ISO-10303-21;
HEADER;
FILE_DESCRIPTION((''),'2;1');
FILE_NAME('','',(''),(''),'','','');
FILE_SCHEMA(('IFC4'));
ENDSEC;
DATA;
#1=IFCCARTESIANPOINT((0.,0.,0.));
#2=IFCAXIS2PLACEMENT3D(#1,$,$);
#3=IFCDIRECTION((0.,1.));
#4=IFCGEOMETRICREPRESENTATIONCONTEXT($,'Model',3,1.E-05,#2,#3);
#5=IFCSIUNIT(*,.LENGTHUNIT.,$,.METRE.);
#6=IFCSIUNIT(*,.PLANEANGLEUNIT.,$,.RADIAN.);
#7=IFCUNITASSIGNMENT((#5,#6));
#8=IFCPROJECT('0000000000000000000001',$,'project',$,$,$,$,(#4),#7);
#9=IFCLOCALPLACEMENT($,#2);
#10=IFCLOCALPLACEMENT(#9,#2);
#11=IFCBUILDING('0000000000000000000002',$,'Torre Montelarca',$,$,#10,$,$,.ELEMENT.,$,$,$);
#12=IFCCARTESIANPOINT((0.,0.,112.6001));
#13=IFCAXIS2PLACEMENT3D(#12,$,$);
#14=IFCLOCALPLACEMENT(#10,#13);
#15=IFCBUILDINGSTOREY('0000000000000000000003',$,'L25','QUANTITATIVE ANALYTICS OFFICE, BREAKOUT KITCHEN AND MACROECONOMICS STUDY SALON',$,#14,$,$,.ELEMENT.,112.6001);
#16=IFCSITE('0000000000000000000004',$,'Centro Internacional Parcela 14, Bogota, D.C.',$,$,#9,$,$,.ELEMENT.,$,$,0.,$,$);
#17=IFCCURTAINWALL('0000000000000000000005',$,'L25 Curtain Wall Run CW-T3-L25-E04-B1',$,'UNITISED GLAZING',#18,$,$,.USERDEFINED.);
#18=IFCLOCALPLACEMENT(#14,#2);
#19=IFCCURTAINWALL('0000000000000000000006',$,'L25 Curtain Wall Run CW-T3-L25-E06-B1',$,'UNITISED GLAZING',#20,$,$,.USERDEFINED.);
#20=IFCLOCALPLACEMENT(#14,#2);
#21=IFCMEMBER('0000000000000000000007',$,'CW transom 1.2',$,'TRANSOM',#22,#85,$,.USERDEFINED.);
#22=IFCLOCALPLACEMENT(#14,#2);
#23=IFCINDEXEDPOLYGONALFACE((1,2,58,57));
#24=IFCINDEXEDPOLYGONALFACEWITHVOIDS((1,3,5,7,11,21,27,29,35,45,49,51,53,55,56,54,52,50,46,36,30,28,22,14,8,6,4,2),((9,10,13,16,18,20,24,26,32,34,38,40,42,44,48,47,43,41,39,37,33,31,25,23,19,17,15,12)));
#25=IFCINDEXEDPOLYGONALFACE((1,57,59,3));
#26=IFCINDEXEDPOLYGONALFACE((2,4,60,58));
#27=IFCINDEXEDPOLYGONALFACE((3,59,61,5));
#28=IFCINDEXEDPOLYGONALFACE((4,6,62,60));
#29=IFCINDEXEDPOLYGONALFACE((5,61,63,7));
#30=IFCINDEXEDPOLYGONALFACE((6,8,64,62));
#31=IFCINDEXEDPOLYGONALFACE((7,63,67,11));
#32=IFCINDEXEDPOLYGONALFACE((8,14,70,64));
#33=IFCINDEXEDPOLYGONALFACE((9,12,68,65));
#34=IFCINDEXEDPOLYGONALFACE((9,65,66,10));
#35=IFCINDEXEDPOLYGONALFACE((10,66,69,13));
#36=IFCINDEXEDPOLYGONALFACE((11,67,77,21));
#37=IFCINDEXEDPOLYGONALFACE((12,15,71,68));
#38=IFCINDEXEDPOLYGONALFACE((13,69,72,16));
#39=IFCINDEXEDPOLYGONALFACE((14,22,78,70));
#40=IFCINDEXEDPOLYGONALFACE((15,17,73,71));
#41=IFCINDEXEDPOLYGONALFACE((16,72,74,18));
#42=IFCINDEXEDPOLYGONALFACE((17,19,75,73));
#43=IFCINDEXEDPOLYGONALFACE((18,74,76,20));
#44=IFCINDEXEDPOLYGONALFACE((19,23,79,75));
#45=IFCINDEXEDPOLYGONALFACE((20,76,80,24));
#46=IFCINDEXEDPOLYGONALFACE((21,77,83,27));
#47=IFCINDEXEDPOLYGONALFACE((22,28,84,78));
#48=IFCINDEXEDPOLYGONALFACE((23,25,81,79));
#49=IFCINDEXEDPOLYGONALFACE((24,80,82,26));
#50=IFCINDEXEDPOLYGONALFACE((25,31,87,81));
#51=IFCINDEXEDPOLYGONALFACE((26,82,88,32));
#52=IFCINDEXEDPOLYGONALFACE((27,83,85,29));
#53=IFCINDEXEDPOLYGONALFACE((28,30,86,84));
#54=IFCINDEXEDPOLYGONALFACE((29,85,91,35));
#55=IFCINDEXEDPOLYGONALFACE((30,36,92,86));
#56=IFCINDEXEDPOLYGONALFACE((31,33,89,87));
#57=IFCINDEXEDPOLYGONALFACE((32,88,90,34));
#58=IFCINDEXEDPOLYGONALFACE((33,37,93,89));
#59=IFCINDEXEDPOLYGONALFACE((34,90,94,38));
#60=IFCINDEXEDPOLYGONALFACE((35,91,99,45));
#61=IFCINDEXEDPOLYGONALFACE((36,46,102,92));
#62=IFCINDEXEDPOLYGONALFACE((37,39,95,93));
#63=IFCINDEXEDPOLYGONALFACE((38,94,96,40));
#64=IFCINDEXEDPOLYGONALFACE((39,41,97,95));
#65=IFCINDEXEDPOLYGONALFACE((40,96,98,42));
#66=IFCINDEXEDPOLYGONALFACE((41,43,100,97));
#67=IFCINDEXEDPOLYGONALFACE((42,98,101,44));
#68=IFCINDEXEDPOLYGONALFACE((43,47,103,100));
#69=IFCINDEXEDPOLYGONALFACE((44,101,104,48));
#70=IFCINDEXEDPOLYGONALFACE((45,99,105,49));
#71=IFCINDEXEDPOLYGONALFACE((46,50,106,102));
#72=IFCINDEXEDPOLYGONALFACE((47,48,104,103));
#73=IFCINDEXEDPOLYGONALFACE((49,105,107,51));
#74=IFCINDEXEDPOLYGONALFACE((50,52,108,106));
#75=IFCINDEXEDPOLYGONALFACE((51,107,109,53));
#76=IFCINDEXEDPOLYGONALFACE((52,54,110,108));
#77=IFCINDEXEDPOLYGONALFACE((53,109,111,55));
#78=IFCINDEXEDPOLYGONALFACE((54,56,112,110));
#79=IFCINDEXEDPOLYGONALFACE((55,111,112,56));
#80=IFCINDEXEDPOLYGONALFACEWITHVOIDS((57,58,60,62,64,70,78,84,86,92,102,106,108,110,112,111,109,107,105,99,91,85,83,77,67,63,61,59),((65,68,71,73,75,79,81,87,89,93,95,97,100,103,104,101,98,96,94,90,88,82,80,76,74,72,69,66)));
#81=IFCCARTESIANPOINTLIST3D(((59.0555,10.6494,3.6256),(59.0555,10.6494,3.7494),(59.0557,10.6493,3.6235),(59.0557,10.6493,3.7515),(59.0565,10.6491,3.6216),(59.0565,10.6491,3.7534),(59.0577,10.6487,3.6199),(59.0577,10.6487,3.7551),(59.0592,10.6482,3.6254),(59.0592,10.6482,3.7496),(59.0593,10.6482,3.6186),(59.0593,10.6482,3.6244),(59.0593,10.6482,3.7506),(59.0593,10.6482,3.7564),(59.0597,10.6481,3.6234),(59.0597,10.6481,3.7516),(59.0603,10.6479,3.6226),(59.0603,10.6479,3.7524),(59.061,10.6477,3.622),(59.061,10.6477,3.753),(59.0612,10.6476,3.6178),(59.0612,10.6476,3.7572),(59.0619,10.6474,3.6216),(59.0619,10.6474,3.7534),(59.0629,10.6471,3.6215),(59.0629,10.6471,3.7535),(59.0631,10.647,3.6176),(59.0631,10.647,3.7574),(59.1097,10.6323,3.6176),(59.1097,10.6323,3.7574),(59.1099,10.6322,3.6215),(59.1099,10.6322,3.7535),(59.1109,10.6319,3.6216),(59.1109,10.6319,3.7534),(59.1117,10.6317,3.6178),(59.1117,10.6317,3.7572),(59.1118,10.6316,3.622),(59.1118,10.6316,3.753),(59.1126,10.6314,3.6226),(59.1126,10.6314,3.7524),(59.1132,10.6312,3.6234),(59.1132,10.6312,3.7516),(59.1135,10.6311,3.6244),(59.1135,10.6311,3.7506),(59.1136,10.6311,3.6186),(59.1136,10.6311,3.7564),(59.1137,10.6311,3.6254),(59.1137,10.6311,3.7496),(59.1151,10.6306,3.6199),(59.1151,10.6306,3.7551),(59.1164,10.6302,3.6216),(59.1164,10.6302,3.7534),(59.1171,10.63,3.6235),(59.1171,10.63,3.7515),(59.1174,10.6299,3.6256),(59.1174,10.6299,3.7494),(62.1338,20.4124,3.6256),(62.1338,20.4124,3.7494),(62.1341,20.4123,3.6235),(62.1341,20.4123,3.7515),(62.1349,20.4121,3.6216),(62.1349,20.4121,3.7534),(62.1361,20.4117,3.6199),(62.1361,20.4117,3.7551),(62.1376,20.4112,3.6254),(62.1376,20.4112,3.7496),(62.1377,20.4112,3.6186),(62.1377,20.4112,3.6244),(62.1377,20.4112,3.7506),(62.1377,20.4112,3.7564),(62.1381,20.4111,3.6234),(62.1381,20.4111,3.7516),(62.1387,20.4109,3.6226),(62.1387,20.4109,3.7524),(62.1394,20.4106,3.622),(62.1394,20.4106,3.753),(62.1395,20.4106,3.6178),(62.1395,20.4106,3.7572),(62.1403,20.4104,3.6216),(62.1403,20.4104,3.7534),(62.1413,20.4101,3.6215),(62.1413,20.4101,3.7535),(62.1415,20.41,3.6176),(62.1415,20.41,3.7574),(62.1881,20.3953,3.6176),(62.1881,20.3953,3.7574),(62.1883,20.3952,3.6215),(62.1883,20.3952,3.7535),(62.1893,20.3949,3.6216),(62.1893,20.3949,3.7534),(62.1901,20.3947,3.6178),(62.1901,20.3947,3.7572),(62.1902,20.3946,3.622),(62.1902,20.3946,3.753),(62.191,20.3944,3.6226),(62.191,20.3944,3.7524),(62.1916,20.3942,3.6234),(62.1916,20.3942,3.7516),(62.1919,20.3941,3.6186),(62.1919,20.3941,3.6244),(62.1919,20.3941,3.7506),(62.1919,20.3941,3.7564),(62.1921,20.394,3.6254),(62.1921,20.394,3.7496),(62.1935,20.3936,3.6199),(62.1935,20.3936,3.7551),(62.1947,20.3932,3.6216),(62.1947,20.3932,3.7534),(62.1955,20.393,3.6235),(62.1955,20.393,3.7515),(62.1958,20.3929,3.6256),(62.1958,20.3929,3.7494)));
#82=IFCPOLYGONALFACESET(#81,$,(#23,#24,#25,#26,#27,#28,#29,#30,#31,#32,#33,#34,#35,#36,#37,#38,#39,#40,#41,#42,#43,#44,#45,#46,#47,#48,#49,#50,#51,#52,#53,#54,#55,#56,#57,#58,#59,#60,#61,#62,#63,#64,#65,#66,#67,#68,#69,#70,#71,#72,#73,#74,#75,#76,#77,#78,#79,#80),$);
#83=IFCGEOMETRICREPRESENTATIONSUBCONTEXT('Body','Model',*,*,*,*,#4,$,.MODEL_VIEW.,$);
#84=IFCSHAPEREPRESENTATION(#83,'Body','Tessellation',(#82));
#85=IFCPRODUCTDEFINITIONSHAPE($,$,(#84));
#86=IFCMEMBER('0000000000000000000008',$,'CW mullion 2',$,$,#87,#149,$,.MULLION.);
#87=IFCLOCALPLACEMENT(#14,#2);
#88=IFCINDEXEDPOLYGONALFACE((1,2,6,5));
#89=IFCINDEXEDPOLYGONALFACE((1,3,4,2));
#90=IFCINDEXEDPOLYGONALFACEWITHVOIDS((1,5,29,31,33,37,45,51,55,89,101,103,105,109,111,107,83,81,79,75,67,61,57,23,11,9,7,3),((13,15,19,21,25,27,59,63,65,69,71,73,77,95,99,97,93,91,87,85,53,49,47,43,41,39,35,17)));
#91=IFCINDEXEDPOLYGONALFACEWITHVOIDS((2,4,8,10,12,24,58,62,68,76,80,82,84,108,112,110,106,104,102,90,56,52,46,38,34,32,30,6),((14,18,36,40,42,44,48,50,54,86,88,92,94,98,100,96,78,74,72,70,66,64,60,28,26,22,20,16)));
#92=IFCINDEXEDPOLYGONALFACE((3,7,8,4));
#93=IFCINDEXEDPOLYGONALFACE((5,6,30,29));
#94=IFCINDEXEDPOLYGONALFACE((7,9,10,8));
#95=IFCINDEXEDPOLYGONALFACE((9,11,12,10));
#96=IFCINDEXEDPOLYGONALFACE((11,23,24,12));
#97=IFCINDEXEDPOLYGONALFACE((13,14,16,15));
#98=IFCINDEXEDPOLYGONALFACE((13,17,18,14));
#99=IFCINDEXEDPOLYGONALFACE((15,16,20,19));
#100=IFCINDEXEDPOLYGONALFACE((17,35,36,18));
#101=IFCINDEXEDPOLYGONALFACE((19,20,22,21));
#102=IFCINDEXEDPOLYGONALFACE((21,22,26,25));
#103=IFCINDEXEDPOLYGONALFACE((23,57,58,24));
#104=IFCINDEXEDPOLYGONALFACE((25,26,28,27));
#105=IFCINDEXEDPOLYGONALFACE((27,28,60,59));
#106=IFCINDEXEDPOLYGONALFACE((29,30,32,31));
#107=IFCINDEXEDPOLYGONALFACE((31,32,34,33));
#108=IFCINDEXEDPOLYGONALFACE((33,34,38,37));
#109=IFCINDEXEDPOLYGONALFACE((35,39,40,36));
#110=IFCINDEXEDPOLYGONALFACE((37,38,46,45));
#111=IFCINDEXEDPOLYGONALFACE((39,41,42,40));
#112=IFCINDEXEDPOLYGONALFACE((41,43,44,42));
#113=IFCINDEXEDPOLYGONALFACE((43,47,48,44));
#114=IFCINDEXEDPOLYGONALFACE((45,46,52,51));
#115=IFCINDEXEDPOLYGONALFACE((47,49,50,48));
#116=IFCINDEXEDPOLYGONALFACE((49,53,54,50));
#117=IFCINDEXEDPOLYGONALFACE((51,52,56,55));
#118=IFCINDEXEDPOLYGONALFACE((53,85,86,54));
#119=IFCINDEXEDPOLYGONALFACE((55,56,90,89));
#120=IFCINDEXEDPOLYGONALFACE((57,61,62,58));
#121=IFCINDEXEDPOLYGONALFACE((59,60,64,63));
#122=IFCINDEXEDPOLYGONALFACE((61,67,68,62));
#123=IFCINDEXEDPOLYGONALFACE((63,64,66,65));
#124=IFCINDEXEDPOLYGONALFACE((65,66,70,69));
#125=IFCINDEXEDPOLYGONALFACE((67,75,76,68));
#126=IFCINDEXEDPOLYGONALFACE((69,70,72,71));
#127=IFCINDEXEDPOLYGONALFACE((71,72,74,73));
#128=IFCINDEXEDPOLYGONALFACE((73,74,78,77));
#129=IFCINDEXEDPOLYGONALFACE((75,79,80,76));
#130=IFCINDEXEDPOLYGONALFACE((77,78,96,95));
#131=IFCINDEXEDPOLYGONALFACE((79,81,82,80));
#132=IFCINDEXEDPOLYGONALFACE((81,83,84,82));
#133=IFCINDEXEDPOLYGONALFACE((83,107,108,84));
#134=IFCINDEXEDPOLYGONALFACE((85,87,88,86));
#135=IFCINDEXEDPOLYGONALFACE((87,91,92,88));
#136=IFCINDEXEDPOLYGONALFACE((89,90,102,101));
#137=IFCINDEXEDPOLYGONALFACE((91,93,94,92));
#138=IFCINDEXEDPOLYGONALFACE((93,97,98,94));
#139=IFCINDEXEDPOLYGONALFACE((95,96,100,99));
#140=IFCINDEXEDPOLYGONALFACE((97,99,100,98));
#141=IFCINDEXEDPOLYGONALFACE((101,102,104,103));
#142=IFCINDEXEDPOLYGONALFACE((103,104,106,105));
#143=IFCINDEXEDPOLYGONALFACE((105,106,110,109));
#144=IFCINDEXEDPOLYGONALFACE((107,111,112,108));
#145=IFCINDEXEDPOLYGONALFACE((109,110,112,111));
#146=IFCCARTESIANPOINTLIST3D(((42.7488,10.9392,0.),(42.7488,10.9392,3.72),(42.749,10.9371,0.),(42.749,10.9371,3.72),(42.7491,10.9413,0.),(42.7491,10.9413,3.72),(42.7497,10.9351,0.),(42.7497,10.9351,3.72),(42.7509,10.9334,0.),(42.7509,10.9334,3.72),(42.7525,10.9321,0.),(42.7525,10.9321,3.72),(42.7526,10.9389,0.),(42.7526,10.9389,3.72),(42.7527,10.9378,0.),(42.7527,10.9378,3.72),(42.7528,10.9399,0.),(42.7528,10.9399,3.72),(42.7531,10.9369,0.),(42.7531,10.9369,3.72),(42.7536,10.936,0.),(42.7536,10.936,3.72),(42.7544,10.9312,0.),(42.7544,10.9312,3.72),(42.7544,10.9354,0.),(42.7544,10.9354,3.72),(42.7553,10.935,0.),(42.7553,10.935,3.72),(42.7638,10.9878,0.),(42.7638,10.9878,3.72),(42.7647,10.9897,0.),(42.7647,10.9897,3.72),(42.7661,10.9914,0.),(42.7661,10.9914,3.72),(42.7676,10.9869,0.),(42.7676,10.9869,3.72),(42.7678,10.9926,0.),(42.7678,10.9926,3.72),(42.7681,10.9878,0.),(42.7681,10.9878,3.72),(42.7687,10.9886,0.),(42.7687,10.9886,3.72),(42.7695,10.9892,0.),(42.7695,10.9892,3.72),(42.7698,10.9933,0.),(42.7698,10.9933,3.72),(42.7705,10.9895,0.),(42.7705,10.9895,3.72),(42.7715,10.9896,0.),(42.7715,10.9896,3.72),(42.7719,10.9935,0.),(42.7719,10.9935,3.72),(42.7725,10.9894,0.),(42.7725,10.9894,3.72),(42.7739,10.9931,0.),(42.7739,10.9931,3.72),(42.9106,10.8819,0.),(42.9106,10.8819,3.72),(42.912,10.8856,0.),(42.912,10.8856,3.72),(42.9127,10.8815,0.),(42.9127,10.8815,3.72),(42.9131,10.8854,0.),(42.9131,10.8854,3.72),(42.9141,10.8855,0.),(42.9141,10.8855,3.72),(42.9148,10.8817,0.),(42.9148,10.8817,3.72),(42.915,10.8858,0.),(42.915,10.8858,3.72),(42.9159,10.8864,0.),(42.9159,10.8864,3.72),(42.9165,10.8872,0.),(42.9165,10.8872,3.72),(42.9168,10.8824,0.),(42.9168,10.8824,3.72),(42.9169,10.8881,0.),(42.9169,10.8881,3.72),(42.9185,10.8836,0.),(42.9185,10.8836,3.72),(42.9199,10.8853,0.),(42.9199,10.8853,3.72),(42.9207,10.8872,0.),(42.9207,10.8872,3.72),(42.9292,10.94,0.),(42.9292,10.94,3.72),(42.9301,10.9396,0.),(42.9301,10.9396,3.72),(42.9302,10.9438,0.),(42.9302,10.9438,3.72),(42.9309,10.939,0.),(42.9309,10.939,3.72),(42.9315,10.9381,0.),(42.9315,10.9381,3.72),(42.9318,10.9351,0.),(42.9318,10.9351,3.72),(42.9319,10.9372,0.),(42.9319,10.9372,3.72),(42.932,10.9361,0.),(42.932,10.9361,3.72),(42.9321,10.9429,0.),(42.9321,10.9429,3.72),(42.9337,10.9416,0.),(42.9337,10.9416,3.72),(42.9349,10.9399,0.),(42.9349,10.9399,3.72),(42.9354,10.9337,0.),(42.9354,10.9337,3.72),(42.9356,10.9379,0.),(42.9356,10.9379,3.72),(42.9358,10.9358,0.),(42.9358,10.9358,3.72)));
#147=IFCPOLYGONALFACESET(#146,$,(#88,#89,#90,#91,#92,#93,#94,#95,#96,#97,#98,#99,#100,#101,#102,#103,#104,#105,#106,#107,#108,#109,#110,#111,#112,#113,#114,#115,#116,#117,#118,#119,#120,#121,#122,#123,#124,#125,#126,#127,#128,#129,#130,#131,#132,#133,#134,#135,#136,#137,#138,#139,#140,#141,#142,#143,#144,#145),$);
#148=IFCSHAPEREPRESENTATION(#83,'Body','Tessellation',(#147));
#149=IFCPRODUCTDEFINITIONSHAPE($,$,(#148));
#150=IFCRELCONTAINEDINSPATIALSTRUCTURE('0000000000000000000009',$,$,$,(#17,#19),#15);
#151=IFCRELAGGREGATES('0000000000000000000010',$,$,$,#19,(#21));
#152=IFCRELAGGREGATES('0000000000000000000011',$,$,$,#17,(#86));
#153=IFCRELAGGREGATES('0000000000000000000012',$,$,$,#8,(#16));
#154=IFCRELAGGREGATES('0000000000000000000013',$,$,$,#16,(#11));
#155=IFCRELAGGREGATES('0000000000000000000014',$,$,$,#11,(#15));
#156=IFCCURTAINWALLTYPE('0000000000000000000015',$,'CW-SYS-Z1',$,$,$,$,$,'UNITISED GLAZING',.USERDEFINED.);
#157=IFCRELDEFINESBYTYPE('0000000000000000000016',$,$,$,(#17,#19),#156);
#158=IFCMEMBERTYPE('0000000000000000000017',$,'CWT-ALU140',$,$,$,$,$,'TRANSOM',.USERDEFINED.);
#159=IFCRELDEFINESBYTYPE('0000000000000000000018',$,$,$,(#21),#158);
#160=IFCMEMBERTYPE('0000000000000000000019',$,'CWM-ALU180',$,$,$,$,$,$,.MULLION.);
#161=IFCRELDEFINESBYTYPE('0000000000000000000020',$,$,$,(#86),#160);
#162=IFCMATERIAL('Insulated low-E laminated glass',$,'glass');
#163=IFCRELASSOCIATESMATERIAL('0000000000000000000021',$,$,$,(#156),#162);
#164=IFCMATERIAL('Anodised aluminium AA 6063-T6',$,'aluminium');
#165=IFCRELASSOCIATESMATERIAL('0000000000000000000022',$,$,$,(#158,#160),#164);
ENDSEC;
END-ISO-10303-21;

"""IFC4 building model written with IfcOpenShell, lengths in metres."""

from ifc_helpers import new_model, si_unit, direction, frame, origin, origin_2d, place, context, subcontext, project, spatial, hollow_rectangle, extrude, source, transform, mapped, material, material_profile, profile_set, type_object, element, aggregate, save


model = new_model("IFC4")

# Units and contexts
model_context = context("Model", 3, precision=1e-05, world=origin(), true_north=direction((0.0, 1.0)))
body_context = subcontext(model_context, "Body", "Model", "MODEL_VIEW")
ifc_project = project(units=[si_unit("LENGTHUNIT", "METRE"), si_unit("PLANEANGLEUNIT", "RADIAN")], contexts=[model_context])

# Site, building, storey
site_placement = place(None, origin())
site = spatial("IfcSite", under=ifc_project, at=site_placement, Name="Centro Internacional Parcela 14, Bogota, D.C.", CompositionType="ELEMENT", RefElevation=0.0)
building_placement = place(site_placement, origin())
building = spatial("IfcBuilding", under=site, at=building_placement, Name="Torre Montelarca", CompositionType="ELEMENT")
storey_placement = place(building_placement, frame((0.0, 0.0, 112.6001)))
storey = spatial("IfcBuildingStorey", under=building, at=storey_placement, Name="L25", Description="QUANTITATIVE ANALYTICS OFFICE, BREAKOUT KITCHEN AND MACROECONOMICS STUDY SALON", CompositionType="ELEMENT", Elevation=112.6001)

# Curtain walls, member
ifc_material_1 = material(Name="Insulated low-E laminated glass", Category="glass")
curtain_wall_type = type_object("IfcCurtainWallType", Name="CW-SYS-Z1", ElementType="UNITISED GLAZING", PredefinedType="USERDEFINED", material=ifc_material_1)
curtain_wall_1_placement = place(storey_placement, origin())
curtain_wall_1 = element("IfcCurtainWall", 1, at=curtain_wall_1_placement, inside=storey, type_object=curtain_wall_type, Name="L25 Curtain Wall Run CW-T3-L25-E04-B1", ObjectType="UNITISED GLAZING", PredefinedType="USERDEFINED")
ifc_material_2 = material(Name="Anodised aluminium AA 6063-T6", Category="aluminium")
ifc_material_profile_1 = material_profile(ifc_material_2, hollow_rectangle(XDim=0.0649, YDim=0.1399, WallThickness=0.0039, InnerFilletRadius=0.0039, OuterFilletRadius=0.0081, at=origin_2d()), Name="ALU65X140X4", Category="aluminium")
ifc_profile_set_1 = profile_set([ifc_material_profile_1], Name="Anodised aluminium AA 6063-T6")
member_type_1 = type_object("IfcMemberType", Name="CWT-ALU140", ElementType="TRANSOM", PredefinedType="USERDEFINED", material=ifc_profile_set_1)
curtain_wall_2_placement = place(storey_placement, origin())
curtain_wall_2 = element("IfcCurtainWall", 2, at=curtain_wall_2_placement, inside=storey, type_object=curtain_wall_type, Name="L25 Curtain Wall Run CW-T3-L25-E06-B1", ObjectType="UNITISED GLAZING", PredefinedType="USERDEFINED")
shared_shape_1 = source(origin(), body_context, "Body", "SweptSolid", [
    extrude(hollow_rectangle(XDim=0.0649, YDim=0.1399, WallThickness=0.0039, InnerFilletRadius=0.0039, OuterFilletRadius=0.0081, at=origin_2d()), origin(), (0.0, 0.0, 1.0), 10.2368),
])
member_1_placement = place(storey_placement, frame((59.0864, 10.6396, 3.6875), z_axis=(0.300717, 0.953713, 0.0), x_axis=(-0.953713, 0.300717, 0.0)))
member_1 = element("IfcMember", 3, at=member_1_placement, type_object=member_type_1, Name="CW transom 1.2", ObjectType="TRANSOM", PredefinedType="USERDEFINED", context=body_context, shape_type="MappedRepresentation", body=[
    mapped(shared_shape_1, transform((0.0, 0.0, 0.0), scale=1.0)),
])

# Member
ifc_material_profile_2 = material_profile(ifc_material_2, hollow_rectangle(XDim=0.0649, YDim=0.1799, WallThickness=0.0039, InnerFilletRadius=0.0039, OuterFilletRadius=0.0081, at=origin_2d()), Name="ALU65X180X4", Category="aluminium")
ifc_profile_set_2 = profile_set([ifc_material_profile_2], Name="Anodised aluminium AA 6063-T6")
member_type_2 = type_object("IfcMemberType", Name="CWM-ALU180", PredefinedType="MULLION", material=ifc_profile_set_2)
shared_shape_2 = source(origin(), body_context, "Body", "SweptSolid", [
    extrude(hollow_rectangle(XDim=0.0649, YDim=0.1799, WallThickness=0.0039, InnerFilletRadius=0.0039, OuterFilletRadius=0.0081, at=origin_2d()), origin(), (0.0, 0.0, 1.0), 3.72),
])
member_2_placement = place(storey_placement, frame((42.8423, 10.9375, 0.0), z_axis=(0.0, 0.0, 1.0), x_axis=(0.300701, 0.953719, 0.0)))
member_2 = element("IfcMember", 4, at=member_2_placement, type_object=member_type_2, Name="CW mullion 2", PredefinedType="MULLION", context=body_context, shape_type="MappedRepresentation", body=[
    mapped(shared_shape_2, transform((0.0, 0.0, 0.0), scale=1.0)),
])

aggregate(curtain_wall_2, [member_1])
aggregate(curtain_wall_1, [member_2])

save(model, "model.ifc")
